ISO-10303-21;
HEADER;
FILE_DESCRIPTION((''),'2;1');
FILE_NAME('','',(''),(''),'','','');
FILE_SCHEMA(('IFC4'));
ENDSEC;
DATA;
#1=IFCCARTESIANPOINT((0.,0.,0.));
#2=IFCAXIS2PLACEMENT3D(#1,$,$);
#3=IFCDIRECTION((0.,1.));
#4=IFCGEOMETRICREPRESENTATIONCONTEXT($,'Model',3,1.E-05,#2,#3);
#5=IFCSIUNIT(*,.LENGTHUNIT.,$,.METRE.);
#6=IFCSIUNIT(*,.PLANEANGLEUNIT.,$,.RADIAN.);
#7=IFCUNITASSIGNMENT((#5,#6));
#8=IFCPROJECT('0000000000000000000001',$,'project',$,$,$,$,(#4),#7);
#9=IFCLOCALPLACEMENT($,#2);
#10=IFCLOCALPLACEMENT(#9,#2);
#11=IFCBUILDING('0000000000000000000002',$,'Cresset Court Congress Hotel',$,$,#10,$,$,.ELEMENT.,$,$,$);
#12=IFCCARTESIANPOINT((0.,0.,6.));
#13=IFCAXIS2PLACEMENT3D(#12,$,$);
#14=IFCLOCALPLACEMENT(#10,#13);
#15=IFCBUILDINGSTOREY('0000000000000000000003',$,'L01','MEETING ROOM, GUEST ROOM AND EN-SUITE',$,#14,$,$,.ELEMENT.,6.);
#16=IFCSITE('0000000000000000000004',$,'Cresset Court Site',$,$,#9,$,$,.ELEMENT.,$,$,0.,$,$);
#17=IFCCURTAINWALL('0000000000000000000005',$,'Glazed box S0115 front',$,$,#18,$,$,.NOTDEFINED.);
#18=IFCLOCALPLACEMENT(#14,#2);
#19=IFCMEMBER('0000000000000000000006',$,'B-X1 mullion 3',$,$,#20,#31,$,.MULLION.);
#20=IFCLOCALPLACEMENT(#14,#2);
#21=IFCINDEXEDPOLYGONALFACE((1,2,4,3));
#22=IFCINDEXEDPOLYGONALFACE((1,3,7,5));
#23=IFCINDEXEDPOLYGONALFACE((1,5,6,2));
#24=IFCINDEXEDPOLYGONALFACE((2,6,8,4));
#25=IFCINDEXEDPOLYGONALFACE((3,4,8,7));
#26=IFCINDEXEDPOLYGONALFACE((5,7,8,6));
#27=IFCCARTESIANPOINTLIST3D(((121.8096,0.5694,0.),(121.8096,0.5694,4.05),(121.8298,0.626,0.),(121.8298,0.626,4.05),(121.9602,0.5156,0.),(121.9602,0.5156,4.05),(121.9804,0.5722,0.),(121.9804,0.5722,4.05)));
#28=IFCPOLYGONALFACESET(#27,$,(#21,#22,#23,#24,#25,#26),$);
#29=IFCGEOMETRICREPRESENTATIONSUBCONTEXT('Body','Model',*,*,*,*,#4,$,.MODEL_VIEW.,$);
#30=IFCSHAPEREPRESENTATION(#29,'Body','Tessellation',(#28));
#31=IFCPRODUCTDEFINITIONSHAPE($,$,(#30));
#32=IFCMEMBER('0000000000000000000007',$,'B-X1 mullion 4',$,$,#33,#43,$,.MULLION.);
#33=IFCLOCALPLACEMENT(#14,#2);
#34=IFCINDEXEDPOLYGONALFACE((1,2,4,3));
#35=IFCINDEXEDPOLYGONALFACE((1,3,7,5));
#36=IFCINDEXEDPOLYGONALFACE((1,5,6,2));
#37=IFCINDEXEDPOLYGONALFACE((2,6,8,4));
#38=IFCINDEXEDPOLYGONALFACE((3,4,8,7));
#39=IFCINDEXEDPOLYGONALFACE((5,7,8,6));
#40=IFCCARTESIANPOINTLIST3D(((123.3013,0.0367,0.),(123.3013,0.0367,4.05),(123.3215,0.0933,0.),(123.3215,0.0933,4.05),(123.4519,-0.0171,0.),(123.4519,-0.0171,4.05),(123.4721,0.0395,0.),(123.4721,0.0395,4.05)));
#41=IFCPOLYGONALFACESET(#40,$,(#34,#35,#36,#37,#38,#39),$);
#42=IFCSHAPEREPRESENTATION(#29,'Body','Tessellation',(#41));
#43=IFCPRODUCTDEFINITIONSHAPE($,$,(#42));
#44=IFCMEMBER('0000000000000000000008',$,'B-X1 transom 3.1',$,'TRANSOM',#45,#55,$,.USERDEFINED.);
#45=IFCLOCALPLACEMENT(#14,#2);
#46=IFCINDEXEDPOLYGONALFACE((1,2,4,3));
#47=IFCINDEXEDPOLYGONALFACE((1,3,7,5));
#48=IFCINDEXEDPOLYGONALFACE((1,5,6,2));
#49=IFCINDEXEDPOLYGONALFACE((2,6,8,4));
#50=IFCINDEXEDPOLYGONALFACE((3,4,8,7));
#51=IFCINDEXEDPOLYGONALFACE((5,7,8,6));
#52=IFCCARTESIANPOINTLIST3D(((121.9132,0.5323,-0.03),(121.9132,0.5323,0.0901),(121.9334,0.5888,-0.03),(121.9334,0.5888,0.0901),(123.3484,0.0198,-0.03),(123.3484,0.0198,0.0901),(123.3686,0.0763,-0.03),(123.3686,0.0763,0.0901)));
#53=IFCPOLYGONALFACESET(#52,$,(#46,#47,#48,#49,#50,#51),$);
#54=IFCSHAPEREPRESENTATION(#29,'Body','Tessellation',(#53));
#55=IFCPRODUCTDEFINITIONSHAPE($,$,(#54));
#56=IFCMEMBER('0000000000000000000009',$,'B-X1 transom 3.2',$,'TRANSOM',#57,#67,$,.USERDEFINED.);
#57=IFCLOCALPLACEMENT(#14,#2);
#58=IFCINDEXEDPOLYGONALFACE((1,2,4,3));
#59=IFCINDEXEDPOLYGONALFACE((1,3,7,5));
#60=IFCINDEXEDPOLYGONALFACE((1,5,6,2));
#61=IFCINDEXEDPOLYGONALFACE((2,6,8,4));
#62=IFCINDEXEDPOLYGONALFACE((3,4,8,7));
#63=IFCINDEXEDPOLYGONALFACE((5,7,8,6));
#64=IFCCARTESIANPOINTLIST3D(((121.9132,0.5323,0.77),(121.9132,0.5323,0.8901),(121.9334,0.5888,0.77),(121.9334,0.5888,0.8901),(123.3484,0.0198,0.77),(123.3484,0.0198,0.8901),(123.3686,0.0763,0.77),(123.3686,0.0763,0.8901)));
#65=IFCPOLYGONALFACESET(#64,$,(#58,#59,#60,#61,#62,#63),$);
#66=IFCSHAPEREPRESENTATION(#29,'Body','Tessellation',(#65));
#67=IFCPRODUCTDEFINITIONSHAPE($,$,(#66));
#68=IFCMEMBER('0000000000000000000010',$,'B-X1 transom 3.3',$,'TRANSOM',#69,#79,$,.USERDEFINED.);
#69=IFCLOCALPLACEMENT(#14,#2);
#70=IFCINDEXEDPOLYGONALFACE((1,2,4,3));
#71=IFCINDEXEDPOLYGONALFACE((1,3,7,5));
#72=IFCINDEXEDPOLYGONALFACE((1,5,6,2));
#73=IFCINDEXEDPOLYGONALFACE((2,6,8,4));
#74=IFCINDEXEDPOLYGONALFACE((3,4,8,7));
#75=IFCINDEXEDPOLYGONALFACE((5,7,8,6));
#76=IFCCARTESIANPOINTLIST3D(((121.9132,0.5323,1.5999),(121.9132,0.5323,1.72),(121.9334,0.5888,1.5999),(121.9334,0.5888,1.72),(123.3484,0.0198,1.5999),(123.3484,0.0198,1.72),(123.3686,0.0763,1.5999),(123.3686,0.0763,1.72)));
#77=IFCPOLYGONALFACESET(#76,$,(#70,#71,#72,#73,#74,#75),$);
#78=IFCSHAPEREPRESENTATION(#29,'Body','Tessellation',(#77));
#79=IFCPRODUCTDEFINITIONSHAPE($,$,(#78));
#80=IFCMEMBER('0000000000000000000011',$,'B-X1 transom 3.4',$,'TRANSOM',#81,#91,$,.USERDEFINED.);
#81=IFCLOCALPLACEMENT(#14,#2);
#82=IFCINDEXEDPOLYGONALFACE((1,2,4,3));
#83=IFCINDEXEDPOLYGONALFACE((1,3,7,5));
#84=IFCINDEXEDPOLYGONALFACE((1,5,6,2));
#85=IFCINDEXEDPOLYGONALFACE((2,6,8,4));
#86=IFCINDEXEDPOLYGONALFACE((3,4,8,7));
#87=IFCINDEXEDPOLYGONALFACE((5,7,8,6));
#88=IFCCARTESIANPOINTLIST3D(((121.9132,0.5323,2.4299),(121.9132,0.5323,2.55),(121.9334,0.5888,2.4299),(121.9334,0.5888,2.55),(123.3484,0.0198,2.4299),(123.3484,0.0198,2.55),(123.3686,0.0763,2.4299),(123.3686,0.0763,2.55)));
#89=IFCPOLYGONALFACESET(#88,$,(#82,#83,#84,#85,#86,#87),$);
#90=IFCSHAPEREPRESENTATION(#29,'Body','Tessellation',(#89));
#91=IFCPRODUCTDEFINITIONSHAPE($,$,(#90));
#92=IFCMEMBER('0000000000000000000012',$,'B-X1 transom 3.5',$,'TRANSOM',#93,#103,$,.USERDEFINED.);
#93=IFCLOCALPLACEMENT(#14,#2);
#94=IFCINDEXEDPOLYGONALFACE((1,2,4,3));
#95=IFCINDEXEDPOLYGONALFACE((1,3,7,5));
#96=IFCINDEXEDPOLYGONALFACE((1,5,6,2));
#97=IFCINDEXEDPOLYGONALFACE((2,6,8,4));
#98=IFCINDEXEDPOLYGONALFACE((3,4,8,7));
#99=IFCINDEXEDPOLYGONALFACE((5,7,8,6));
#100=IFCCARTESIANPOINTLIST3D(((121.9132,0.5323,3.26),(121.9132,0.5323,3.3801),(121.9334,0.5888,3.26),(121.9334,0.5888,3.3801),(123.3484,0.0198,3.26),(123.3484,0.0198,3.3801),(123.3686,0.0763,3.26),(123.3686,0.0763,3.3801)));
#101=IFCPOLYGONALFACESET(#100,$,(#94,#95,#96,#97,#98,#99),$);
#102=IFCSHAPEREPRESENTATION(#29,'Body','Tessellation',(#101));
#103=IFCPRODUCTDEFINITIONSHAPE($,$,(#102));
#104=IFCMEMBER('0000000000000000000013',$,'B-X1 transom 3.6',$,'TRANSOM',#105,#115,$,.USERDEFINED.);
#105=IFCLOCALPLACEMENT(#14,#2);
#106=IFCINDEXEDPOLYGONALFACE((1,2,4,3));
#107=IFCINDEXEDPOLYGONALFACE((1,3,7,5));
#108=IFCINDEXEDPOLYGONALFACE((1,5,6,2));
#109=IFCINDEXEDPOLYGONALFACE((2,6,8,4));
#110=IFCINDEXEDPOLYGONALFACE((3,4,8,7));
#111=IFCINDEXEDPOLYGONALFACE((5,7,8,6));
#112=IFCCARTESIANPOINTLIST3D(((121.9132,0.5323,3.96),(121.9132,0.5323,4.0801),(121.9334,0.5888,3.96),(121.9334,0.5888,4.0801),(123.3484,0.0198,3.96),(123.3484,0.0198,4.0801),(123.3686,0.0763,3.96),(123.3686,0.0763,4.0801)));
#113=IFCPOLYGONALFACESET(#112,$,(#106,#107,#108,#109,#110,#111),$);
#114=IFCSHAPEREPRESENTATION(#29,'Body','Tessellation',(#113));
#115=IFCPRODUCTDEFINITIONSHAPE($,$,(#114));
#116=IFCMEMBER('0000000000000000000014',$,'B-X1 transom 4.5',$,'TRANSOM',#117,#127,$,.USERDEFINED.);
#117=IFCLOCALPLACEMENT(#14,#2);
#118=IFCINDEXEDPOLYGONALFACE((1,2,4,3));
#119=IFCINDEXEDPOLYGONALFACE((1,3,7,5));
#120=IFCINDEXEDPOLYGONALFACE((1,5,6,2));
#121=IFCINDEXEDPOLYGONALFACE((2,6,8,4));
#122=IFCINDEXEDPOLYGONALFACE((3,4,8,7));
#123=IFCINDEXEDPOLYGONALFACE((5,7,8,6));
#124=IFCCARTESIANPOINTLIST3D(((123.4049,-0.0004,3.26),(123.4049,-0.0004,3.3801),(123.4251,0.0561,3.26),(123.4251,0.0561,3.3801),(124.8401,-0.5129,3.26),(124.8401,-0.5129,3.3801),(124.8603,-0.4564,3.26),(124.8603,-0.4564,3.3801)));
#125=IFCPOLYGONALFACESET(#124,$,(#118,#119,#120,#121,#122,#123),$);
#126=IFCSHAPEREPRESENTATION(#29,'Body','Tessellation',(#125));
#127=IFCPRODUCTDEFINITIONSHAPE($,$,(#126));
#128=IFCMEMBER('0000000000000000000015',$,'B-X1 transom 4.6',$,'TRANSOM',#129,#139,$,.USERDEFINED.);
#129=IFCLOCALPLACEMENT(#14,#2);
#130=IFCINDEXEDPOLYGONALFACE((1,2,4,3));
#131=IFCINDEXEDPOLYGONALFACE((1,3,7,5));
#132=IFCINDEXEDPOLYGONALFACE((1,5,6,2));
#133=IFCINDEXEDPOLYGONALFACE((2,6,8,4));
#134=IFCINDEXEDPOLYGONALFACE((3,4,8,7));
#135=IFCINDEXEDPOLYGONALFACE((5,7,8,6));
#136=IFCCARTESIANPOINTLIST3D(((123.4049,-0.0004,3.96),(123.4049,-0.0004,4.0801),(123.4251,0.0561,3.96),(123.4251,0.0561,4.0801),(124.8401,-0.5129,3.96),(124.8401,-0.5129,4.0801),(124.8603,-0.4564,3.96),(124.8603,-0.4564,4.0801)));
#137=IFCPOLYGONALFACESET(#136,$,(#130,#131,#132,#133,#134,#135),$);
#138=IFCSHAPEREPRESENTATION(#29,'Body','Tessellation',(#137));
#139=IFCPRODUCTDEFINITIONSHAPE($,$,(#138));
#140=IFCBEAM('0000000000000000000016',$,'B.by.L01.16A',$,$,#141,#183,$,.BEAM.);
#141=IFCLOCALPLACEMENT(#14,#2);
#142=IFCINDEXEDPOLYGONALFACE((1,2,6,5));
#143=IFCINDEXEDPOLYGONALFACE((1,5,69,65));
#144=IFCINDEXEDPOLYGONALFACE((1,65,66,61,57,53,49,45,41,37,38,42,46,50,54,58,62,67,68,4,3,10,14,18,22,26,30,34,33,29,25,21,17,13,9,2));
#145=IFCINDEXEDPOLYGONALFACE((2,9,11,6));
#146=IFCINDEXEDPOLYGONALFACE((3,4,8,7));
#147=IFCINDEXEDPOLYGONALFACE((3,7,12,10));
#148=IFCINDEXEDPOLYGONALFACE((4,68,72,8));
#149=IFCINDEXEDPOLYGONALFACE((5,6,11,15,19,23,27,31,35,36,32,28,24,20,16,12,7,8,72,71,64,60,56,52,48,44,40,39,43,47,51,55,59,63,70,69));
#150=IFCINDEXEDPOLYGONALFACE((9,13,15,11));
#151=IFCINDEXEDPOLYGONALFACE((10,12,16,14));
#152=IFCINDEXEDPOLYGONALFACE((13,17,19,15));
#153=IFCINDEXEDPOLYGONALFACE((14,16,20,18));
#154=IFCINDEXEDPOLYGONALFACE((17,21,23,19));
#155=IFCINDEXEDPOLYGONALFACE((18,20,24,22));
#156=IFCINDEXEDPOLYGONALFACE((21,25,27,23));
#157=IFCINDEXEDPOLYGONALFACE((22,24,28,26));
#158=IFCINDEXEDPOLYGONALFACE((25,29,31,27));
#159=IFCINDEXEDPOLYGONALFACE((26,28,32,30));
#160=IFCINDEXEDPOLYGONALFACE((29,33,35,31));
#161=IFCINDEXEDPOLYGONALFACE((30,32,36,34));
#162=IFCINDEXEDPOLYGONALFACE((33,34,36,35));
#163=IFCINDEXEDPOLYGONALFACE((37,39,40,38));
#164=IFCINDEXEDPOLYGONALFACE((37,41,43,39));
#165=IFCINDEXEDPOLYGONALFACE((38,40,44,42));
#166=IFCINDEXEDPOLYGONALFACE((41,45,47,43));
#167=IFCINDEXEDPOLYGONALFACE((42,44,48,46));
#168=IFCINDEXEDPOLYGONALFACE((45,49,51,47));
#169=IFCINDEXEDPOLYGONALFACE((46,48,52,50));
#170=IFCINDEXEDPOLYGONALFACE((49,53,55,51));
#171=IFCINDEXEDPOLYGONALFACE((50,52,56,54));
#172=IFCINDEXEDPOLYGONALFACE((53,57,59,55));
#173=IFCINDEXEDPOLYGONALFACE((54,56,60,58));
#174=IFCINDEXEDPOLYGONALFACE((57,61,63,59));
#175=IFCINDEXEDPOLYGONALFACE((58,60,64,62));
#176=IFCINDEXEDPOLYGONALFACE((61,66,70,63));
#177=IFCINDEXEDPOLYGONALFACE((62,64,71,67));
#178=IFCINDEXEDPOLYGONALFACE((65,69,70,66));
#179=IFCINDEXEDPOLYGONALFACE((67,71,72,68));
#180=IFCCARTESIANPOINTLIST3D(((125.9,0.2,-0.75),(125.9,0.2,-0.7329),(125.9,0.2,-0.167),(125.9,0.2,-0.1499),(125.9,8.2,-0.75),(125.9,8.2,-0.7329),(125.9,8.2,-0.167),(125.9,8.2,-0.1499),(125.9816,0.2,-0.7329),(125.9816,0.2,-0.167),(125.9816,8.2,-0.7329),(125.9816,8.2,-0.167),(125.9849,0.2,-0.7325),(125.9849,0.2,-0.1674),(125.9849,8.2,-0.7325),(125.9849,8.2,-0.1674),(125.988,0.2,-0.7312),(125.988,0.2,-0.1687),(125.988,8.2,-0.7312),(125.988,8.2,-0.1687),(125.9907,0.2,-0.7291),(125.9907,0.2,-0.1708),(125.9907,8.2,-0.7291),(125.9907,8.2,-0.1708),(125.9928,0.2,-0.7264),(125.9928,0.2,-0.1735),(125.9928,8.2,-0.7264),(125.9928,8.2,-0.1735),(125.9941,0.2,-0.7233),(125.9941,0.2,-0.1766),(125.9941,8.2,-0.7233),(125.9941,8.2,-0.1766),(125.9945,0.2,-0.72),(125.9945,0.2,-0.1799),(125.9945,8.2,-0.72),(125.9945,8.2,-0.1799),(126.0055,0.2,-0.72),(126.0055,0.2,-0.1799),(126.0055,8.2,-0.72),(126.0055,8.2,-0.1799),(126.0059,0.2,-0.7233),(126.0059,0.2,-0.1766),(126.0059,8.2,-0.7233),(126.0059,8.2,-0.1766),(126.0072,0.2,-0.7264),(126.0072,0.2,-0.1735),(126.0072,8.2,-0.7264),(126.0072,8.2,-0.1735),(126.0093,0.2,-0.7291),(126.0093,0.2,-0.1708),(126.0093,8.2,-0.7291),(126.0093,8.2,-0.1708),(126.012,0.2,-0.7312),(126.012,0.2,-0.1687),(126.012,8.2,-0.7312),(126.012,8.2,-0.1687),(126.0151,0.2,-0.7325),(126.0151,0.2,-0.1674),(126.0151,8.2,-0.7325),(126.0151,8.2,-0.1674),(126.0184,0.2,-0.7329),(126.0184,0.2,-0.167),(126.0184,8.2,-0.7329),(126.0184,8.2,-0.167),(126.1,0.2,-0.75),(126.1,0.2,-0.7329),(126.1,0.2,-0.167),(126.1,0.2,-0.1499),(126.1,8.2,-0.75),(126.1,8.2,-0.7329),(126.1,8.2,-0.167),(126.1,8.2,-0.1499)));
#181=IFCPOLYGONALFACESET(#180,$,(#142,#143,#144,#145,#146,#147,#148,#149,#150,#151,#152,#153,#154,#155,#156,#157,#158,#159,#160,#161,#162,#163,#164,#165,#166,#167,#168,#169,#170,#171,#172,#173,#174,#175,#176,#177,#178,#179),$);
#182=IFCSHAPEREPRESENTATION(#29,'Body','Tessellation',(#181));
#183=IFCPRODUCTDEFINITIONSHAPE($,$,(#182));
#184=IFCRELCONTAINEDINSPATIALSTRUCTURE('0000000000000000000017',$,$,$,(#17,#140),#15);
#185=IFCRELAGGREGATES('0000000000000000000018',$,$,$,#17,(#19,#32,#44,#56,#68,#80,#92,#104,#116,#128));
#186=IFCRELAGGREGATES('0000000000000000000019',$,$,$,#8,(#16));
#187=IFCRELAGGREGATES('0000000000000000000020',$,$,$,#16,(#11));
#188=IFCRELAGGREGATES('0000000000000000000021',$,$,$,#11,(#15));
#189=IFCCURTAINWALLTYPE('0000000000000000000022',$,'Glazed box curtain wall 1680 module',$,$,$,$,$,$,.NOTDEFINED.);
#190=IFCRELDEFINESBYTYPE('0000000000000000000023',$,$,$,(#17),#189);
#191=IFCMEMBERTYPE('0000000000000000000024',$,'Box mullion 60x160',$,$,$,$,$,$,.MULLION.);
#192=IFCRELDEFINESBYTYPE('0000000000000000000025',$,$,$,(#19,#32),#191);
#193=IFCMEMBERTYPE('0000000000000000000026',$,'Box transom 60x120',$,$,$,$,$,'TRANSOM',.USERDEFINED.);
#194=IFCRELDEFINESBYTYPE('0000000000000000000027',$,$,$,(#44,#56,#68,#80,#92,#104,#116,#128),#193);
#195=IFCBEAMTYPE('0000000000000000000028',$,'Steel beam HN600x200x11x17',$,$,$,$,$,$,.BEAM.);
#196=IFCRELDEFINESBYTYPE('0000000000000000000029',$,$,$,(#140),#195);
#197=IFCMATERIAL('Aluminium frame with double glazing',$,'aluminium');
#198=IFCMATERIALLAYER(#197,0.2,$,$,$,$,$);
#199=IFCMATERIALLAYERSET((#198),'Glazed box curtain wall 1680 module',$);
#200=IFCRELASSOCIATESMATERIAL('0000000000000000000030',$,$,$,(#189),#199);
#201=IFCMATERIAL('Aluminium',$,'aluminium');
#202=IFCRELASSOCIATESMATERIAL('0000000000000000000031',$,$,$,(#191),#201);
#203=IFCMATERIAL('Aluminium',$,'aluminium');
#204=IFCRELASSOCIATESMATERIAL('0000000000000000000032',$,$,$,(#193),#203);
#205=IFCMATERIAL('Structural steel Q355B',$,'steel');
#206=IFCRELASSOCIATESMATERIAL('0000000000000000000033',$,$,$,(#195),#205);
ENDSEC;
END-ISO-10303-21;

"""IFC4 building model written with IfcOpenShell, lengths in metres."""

from ifc_helpers import new_model, si_unit, direction, frame, origin, origin_2d, place, context, subcontext, project, spatial, rectangle, i_section, extrude, material, layer, layer_set, material_profile, profile_set, type_object, element, aggregate, save


model = new_model("IFC4")

# Units and contexts
model_context = context("Model", 3, precision=1e-05, world=origin(), true_north=direction((0.0, 1.0)))
body_context = subcontext(model_context, "Body", "Model", "MODEL_VIEW")
ifc_project = project(units=[si_unit("LENGTHUNIT", "METRE"), si_unit("PLANEANGLEUNIT", "RADIAN")], contexts=[model_context])

# Site, building, storey
site_placement = place(None, origin())
site = spatial("IfcSite", under=ifc_project, at=site_placement, Name="Cresset Court Site", CompositionType="ELEMENT", RefElevation=0.0)
building_placement = place(site_placement, origin())
building = spatial("IfcBuilding", under=site, at=building_placement, Name="Cresset Court Congress Hotel", CompositionType="ELEMENT")
storey_placement = place(building_placement, frame((0.0, 0.0, 6.0)))
storey = spatial("IfcBuildingStorey", under=building, at=storey_placement, Name="L01", Description="MEETING ROOM, GUEST ROOM AND EN-SUITE", CompositionType="ELEMENT", Elevation=6.0)

# Curtain wall, members
ifc_material_1 = material(Name="Aluminium frame with double glazing", Category="aluminium")
ifc_layer_1 = layer(ifc_material_1, 0.2)
ifc_layer_set_1 = layer_set([ifc_layer_1], Name="Glazed box curtain wall 1680 module")
curtain_wall_type = type_object("IfcCurtainWallType", Name="Glazed box curtain wall 1680 module", PredefinedType="NOTDEFINED", material=ifc_layer_set_1)
curtain_wall_placement = place(storey_placement, origin())
curtain_wall = element("IfcCurtainWall", 1, at=curtain_wall_placement, inside=storey, type_object=curtain_wall_type, Name="Glazed box S0115 front", PredefinedType="NOTDEFINED")
ifc_material_2 = material(Name="Aluminium", Category="aluminium")
ifc_material_profile_1 = material_profile(ifc_material_2, rectangle(XDim=0.0601, YDim=0.1599, at=origin_2d()), Name="Box mullion 60x160")
ifc_profile_set_1 = profile_set([ifc_material_profile_1], Name="Aluminium")
member_type_1 = type_object("IfcMemberType", Name="Box mullion 60x160", PredefinedType="MULLION", material=ifc_profile_set_1)
member_1_placement = place(storey_placement, frame((121.895, 0.5708, 0.0), z_axis=(0.0, 0.0, 1.0), x_axis=(0.336336, 0.941742, 0.0)))
member_1 = element("IfcMember", 2, at=member_1_placement, type_object=member_type_1, Name="B-X1 mullion 3", PredefinedType="MULLION", context=body_context, shape_type="SweptSolid", body=[
    extrude(rectangle(XDim=0.0601, YDim=0.1599, at=origin_2d()), origin(), (0.0, 0.0, 1.0), 4.05),
])
member_2_placement = place(storey_placement, frame((123.3867, 0.0381, 0.0), z_axis=(0.0, 0.0, 1.0), x_axis=(0.336336, 0.941742, 0.0)))
member_2 = element("IfcMember", 3, at=member_2_placement, type_object=member_type_1, Name="B-X1 mullion 4", PredefinedType="MULLION", context=body_context, shape_type="SweptSolid", body=[
    extrude(rectangle(XDim=0.0601, YDim=0.1599, at=origin_2d()), origin(), (0.0, 0.0, 1.0), 4.05),
])
ifc_material_3 = material(Name="Aluminium", Category="aluminium")
ifc_material_profile_2 = material_profile(ifc_material_3, rectangle(XDim=0.0601, YDim=0.1201, at=origin_2d()), Name="Box transom 60x120")
ifc_profile_set_2 = profile_set([ifc_material_profile_2], Name="Aluminium")
member_type_2 = type_object("IfcMemberType", Name="Box transom 60x120", ElementType="TRANSOM", PredefinedType="USERDEFINED", material=ifc_profile_set_2)
member_3_placement = place(storey_placement, frame((121.9233, 0.5605, 0.03), z_axis=(0.941756, -0.336296, 0.0), x_axis=(0.336296, 0.941756, 0.0)))
member_3 = element("IfcMember", 4, at=member_3_placement, type_object=member_type_2, Name="B-X1 transom 3.1", ObjectType="TRANSOM", PredefinedType="USERDEFINED", context=body_context, shape_type="SweptSolid", body=[
    extrude(rectangle(XDim=0.0601, YDim=0.1201, at=origin_2d()), origin(), (0.0, 0.0, 1.0), 1.5239),
])
member_4_placement = place(storey_placement, frame((121.9233, 0.5605, 0.8301), z_axis=(0.941756, -0.336296, 0.0), x_axis=(0.336296, 0.941756, 0.0)))
member_4 = element("IfcMember", 5, at=member_4_placement, type_object=member_type_2, Name="B-X1 transom 3.2", ObjectType="TRANSOM", PredefinedType="USERDEFINED", context=body_context, shape_type="SweptSolid", body=[
    extrude(rectangle(XDim=0.0601, YDim=0.1201, at=origin_2d()), origin(), (0.0, 0.0, 1.0), 1.5239),
])
member_5_placement = place(storey_placement, frame((121.9233, 0.5605, 1.6599), z_axis=(0.941756, -0.336296, 0.0), x_axis=(0.336296, 0.941756, 0.0)))
member_5 = element("IfcMember", 6, at=member_5_placement, type_object=member_type_2, Name="B-X1 transom 3.3", ObjectType="TRANSOM", PredefinedType="USERDEFINED", context=body_context, shape_type="SweptSolid", body=[
    extrude(rectangle(XDim=0.0601, YDim=0.1201, at=origin_2d()), origin(), (0.0, 0.0, 1.0), 1.5239),
])
member_6_placement = place(storey_placement, frame((121.9233, 0.5605, 2.49), z_axis=(0.941756, -0.336296, 0.0), x_axis=(0.336296, 0.941756, 0.0)))
member_6 = element("IfcMember", 7, at=member_6_placement, type_object=member_type_2, Name="B-X1 transom 3.4", ObjectType="TRANSOM", PredefinedType="USERDEFINED", context=body_context, shape_type="SweptSolid", body=[
    extrude(rectangle(XDim=0.0601, YDim=0.1201, at=origin_2d()), origin(), (0.0, 0.0, 1.0), 1.5239),
])
member_7_placement = place(storey_placement, frame((121.9233, 0.5605, 3.3201), z_axis=(0.941756, -0.336296, 0.0), x_axis=(0.336296, 0.941756, 0.0)))
member_7 = element("IfcMember", 8, at=member_7_placement, type_object=member_type_2, Name="B-X1 transom 3.5", ObjectType="TRANSOM", PredefinedType="USERDEFINED", context=body_context, shape_type="SweptSolid", body=[
    extrude(rectangle(XDim=0.0601, YDim=0.1201, at=origin_2d()), origin(), (0.0, 0.0, 1.0), 1.5239),
])
member_8_placement = place(storey_placement, frame((121.9233, 0.5605, 4.02), z_axis=(0.941756, -0.336296, 0.0), x_axis=(0.336296, 0.941756, 0.0)))
member_8 = element("IfcMember", 9, at=member_8_placement, type_object=member_type_2, Name="B-X1 transom 3.6", ObjectType="TRANSOM", PredefinedType="USERDEFINED", context=body_context, shape_type="SweptSolid", body=[
    extrude(rectangle(XDim=0.0601, YDim=0.1201, at=origin_2d()), origin(), (0.0, 0.0, 1.0), 1.5239),
])
member_9_placement = place(storey_placement, frame((123.415, 0.0278, 3.3201), z_axis=(0.941756, -0.336296, 0.0), x_axis=(0.336296, 0.941756, 0.0)))
member_9 = element("IfcMember", 10, at=member_9_placement, type_object=member_type_2, Name="B-X1 transom 4.5", ObjectType="TRANSOM", PredefinedType="USERDEFINED", context=body_context, shape_type="SweptSolid", body=[
    extrude(rectangle(XDim=0.0601, YDim=0.1201, at=origin_2d()), origin(), (0.0, 0.0, 1.0), 1.5239),
])
member_10_placement = place(storey_placement, frame((123.415, 0.0278, 4.02), z_axis=(0.941756, -0.336296, 0.0), x_axis=(0.336296, 0.941756, 0.0)))
member_10 = element("IfcMember", 11, at=member_10_placement, type_object=member_type_2, Name="B-X1 transom 4.6", ObjectType="TRANSOM", PredefinedType="USERDEFINED", context=body_context, shape_type="SweptSolid", body=[
    extrude(rectangle(XDim=0.0601, YDim=0.1201, at=origin_2d()), origin(), (0.0, 0.0, 1.0), 1.5239),
])

# Beam
ifc_material_4 = material(Name="Structural steel Q355B", Category="steel")
ifc_material_profile_3 = material_profile(ifc_material_4, i_section(OverallWidth=0.2, OverallDepth=0.6001, WebThickness=0.011, FlangeThickness=0.0171, FilletRadius=0.0129, at=origin_2d()), Name="HN600x200x11x17")
ifc_profile_set_3 = profile_set([ifc_material_profile_3], Name="Structural steel Q355B")
beam_type_1 = type_object("IfcBeamType", Name="Steel beam HN600x200x11x17", PredefinedType="BEAM", material=ifc_profile_set_3)
beam_1_placement = place(storey_placement, frame((126.0, 0.2, -0.45), z_axis=(0.0, 1.0, 0.0), x_axis=(-1.0, 0.0, 0.0)))
element("IfcBeam", 12, at=beam_1_placement, inside=storey, type_object=beam_type_1, Name="B.by.L01.16A", PredefinedType="BEAM", context=body_context, shape_type="SweptSolid", body=[
    extrude(i_section(OverallWidth=0.2, OverallDepth=0.6001, WebThickness=0.011, FlangeThickness=0.0171, FilletRadius=0.0129, at=origin_2d()), origin(), (0.0, 0.0, 1.0), 8.0),
])

aggregate(curtain_wall, [member_1, member_2, member_3, member_4, member_5, member_6, member_7, member_8, member_9, member_10])

save(model, "model.ifc")
